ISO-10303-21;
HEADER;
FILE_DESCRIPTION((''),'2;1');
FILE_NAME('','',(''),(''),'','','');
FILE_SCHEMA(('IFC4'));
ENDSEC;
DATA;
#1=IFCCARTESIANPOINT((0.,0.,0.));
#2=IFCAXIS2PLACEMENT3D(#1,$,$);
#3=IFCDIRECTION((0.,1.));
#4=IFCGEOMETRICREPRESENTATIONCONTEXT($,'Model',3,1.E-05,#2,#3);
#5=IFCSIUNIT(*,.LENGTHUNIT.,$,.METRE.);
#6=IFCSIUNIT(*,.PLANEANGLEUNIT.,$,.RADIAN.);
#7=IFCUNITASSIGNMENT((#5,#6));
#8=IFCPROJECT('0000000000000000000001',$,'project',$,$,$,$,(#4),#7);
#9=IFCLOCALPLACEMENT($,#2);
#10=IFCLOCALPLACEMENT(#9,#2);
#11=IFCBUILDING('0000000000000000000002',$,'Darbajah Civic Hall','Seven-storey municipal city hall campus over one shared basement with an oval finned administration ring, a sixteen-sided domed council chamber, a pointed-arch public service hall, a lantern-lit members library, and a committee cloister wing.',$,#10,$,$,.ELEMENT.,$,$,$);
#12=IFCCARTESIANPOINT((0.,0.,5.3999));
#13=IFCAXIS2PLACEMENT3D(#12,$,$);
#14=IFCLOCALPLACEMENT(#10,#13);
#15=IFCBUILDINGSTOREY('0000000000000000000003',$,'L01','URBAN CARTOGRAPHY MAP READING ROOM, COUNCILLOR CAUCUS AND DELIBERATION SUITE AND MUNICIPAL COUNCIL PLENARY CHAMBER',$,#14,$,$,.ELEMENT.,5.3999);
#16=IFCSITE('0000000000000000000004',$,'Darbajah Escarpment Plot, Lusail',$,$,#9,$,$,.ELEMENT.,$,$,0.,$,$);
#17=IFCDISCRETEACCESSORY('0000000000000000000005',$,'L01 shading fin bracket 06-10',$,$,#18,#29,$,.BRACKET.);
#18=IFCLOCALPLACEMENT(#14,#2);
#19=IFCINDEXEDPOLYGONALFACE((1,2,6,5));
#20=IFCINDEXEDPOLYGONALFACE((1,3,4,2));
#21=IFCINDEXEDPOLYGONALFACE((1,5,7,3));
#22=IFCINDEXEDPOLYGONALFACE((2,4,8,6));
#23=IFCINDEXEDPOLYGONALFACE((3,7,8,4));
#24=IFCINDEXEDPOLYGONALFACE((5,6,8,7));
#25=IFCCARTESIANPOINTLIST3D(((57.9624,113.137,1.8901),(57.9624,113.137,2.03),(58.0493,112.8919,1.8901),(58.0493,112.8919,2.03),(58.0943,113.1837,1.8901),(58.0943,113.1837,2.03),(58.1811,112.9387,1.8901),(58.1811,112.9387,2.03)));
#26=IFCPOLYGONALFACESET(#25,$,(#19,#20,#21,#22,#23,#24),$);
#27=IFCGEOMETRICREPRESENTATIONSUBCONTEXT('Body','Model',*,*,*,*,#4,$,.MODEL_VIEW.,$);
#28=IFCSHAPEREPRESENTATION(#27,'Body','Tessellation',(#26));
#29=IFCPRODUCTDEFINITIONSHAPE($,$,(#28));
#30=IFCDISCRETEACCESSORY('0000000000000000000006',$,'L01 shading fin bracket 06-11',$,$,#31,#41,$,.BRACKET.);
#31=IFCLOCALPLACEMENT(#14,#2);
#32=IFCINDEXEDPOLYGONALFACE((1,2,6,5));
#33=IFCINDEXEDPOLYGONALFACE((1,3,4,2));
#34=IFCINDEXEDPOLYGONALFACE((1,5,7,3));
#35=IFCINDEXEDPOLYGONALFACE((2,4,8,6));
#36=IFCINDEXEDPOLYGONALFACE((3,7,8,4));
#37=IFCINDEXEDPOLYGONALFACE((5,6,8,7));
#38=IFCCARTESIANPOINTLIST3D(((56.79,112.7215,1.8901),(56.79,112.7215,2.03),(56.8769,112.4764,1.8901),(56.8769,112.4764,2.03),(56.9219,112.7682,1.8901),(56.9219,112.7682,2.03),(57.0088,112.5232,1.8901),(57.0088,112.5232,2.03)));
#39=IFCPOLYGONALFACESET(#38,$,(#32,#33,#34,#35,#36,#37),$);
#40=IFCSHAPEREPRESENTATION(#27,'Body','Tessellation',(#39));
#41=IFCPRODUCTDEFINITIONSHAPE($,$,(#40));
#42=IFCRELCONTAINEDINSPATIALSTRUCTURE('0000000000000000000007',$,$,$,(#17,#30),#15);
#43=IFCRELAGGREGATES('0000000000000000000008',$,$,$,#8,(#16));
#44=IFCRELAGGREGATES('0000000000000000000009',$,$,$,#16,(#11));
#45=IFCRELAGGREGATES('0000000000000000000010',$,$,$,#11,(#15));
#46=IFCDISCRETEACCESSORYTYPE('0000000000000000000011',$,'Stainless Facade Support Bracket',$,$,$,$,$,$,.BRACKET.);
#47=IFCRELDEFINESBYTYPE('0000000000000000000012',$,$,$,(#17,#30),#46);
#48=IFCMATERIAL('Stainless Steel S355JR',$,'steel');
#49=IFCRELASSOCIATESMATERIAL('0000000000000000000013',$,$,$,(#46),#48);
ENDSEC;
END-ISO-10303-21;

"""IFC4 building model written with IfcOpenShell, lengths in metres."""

from ifc_helpers import new_model, si_unit, direction, frame, origin, origin_2d, place, context, subcontext, project, spatial, rectangle, extrude, material, type_object, element, save


model = new_model("IFC4")

# Units and contexts
model_context = context("Model", 3, precision=1e-05, world=origin(), true_north=direction((0.0, 1.0)))
body_context = subcontext(model_context, "Body", "Model", "MODEL_VIEW")
ifc_project = project(units=[si_unit("LENGTHUNIT", "METRE"), si_unit("PLANEANGLEUNIT", "RADIAN")], contexts=[model_context])

# Site, building, storey
site_placement = place(None, origin())
site = spatial("IfcSite", under=ifc_project, at=site_placement, Name="Darbajah Escarpment Plot, Lusail", CompositionType="ELEMENT", RefElevation=0.0)
building_placement = place(site_placement, origin())
building = spatial("IfcBuilding", under=site, at=building_placement, Name="Darbajah Civic Hall", Description="Seven-storey municipal city hall campus over one shared basement with an oval finned administration ring, a sixteen-sided domed council chamber, a pointed-arch public service hall, a lantern-lit members library, and a committee cloister wing.", CompositionType="ELEMENT")
storey_placement = place(building_placement, frame((0.0, 0.0, 5.3999)))
storey = spatial("IfcBuildingStorey", under=building, at=storey_placement, Name="L01", Description="URBAN CARTOGRAPHY MAP READING ROOM, COUNCILLOR CAUCUS AND DELIBERATION SUITE AND MUNICIPAL COUNCIL PLENARY CHAMBER", CompositionType="ELEMENT", Elevation=5.3999)

# Discrete accessories
ifc_material_1 = material(Name="Stainless Steel S355JR", Category="steel")
discrete_accessory_type = type_object("IfcDiscreteAccessoryType", Name="Stainless Facade Support Bracket", PredefinedType="BRACKET", material=ifc_material_1)
for number, where, z_axis, x_axis, name in (
    (1, (58.0718, 113.0378, 1.8901), (0.0, 0.0, 1.0), (-0.334136, 0.942525, 0.0), "L01 shading fin bracket 06-10"),
    (2, (56.8994, 112.6223, 1.8901), (0.0, 0.0, 1.0), (-0.334136, 0.942525, 0.0), "L01 shading fin bracket 06-11"),
):
    element("IfcDiscreteAccessory", number, at=place(storey_placement, frame(where, z_axis=z_axis, x_axis=x_axis)), inside=storey, type_object=discrete_accessory_type, Name=name, PredefinedType="BRACKET", context=body_context, shape_type="SweptSolid", body=[
        extrude(rectangle(XDim=0.26, YDim=0.1399, at=origin_2d()), origin(), (0.0, 0.0, 1.0), 0.1399),
    ])

save(model, "model.ifc")
